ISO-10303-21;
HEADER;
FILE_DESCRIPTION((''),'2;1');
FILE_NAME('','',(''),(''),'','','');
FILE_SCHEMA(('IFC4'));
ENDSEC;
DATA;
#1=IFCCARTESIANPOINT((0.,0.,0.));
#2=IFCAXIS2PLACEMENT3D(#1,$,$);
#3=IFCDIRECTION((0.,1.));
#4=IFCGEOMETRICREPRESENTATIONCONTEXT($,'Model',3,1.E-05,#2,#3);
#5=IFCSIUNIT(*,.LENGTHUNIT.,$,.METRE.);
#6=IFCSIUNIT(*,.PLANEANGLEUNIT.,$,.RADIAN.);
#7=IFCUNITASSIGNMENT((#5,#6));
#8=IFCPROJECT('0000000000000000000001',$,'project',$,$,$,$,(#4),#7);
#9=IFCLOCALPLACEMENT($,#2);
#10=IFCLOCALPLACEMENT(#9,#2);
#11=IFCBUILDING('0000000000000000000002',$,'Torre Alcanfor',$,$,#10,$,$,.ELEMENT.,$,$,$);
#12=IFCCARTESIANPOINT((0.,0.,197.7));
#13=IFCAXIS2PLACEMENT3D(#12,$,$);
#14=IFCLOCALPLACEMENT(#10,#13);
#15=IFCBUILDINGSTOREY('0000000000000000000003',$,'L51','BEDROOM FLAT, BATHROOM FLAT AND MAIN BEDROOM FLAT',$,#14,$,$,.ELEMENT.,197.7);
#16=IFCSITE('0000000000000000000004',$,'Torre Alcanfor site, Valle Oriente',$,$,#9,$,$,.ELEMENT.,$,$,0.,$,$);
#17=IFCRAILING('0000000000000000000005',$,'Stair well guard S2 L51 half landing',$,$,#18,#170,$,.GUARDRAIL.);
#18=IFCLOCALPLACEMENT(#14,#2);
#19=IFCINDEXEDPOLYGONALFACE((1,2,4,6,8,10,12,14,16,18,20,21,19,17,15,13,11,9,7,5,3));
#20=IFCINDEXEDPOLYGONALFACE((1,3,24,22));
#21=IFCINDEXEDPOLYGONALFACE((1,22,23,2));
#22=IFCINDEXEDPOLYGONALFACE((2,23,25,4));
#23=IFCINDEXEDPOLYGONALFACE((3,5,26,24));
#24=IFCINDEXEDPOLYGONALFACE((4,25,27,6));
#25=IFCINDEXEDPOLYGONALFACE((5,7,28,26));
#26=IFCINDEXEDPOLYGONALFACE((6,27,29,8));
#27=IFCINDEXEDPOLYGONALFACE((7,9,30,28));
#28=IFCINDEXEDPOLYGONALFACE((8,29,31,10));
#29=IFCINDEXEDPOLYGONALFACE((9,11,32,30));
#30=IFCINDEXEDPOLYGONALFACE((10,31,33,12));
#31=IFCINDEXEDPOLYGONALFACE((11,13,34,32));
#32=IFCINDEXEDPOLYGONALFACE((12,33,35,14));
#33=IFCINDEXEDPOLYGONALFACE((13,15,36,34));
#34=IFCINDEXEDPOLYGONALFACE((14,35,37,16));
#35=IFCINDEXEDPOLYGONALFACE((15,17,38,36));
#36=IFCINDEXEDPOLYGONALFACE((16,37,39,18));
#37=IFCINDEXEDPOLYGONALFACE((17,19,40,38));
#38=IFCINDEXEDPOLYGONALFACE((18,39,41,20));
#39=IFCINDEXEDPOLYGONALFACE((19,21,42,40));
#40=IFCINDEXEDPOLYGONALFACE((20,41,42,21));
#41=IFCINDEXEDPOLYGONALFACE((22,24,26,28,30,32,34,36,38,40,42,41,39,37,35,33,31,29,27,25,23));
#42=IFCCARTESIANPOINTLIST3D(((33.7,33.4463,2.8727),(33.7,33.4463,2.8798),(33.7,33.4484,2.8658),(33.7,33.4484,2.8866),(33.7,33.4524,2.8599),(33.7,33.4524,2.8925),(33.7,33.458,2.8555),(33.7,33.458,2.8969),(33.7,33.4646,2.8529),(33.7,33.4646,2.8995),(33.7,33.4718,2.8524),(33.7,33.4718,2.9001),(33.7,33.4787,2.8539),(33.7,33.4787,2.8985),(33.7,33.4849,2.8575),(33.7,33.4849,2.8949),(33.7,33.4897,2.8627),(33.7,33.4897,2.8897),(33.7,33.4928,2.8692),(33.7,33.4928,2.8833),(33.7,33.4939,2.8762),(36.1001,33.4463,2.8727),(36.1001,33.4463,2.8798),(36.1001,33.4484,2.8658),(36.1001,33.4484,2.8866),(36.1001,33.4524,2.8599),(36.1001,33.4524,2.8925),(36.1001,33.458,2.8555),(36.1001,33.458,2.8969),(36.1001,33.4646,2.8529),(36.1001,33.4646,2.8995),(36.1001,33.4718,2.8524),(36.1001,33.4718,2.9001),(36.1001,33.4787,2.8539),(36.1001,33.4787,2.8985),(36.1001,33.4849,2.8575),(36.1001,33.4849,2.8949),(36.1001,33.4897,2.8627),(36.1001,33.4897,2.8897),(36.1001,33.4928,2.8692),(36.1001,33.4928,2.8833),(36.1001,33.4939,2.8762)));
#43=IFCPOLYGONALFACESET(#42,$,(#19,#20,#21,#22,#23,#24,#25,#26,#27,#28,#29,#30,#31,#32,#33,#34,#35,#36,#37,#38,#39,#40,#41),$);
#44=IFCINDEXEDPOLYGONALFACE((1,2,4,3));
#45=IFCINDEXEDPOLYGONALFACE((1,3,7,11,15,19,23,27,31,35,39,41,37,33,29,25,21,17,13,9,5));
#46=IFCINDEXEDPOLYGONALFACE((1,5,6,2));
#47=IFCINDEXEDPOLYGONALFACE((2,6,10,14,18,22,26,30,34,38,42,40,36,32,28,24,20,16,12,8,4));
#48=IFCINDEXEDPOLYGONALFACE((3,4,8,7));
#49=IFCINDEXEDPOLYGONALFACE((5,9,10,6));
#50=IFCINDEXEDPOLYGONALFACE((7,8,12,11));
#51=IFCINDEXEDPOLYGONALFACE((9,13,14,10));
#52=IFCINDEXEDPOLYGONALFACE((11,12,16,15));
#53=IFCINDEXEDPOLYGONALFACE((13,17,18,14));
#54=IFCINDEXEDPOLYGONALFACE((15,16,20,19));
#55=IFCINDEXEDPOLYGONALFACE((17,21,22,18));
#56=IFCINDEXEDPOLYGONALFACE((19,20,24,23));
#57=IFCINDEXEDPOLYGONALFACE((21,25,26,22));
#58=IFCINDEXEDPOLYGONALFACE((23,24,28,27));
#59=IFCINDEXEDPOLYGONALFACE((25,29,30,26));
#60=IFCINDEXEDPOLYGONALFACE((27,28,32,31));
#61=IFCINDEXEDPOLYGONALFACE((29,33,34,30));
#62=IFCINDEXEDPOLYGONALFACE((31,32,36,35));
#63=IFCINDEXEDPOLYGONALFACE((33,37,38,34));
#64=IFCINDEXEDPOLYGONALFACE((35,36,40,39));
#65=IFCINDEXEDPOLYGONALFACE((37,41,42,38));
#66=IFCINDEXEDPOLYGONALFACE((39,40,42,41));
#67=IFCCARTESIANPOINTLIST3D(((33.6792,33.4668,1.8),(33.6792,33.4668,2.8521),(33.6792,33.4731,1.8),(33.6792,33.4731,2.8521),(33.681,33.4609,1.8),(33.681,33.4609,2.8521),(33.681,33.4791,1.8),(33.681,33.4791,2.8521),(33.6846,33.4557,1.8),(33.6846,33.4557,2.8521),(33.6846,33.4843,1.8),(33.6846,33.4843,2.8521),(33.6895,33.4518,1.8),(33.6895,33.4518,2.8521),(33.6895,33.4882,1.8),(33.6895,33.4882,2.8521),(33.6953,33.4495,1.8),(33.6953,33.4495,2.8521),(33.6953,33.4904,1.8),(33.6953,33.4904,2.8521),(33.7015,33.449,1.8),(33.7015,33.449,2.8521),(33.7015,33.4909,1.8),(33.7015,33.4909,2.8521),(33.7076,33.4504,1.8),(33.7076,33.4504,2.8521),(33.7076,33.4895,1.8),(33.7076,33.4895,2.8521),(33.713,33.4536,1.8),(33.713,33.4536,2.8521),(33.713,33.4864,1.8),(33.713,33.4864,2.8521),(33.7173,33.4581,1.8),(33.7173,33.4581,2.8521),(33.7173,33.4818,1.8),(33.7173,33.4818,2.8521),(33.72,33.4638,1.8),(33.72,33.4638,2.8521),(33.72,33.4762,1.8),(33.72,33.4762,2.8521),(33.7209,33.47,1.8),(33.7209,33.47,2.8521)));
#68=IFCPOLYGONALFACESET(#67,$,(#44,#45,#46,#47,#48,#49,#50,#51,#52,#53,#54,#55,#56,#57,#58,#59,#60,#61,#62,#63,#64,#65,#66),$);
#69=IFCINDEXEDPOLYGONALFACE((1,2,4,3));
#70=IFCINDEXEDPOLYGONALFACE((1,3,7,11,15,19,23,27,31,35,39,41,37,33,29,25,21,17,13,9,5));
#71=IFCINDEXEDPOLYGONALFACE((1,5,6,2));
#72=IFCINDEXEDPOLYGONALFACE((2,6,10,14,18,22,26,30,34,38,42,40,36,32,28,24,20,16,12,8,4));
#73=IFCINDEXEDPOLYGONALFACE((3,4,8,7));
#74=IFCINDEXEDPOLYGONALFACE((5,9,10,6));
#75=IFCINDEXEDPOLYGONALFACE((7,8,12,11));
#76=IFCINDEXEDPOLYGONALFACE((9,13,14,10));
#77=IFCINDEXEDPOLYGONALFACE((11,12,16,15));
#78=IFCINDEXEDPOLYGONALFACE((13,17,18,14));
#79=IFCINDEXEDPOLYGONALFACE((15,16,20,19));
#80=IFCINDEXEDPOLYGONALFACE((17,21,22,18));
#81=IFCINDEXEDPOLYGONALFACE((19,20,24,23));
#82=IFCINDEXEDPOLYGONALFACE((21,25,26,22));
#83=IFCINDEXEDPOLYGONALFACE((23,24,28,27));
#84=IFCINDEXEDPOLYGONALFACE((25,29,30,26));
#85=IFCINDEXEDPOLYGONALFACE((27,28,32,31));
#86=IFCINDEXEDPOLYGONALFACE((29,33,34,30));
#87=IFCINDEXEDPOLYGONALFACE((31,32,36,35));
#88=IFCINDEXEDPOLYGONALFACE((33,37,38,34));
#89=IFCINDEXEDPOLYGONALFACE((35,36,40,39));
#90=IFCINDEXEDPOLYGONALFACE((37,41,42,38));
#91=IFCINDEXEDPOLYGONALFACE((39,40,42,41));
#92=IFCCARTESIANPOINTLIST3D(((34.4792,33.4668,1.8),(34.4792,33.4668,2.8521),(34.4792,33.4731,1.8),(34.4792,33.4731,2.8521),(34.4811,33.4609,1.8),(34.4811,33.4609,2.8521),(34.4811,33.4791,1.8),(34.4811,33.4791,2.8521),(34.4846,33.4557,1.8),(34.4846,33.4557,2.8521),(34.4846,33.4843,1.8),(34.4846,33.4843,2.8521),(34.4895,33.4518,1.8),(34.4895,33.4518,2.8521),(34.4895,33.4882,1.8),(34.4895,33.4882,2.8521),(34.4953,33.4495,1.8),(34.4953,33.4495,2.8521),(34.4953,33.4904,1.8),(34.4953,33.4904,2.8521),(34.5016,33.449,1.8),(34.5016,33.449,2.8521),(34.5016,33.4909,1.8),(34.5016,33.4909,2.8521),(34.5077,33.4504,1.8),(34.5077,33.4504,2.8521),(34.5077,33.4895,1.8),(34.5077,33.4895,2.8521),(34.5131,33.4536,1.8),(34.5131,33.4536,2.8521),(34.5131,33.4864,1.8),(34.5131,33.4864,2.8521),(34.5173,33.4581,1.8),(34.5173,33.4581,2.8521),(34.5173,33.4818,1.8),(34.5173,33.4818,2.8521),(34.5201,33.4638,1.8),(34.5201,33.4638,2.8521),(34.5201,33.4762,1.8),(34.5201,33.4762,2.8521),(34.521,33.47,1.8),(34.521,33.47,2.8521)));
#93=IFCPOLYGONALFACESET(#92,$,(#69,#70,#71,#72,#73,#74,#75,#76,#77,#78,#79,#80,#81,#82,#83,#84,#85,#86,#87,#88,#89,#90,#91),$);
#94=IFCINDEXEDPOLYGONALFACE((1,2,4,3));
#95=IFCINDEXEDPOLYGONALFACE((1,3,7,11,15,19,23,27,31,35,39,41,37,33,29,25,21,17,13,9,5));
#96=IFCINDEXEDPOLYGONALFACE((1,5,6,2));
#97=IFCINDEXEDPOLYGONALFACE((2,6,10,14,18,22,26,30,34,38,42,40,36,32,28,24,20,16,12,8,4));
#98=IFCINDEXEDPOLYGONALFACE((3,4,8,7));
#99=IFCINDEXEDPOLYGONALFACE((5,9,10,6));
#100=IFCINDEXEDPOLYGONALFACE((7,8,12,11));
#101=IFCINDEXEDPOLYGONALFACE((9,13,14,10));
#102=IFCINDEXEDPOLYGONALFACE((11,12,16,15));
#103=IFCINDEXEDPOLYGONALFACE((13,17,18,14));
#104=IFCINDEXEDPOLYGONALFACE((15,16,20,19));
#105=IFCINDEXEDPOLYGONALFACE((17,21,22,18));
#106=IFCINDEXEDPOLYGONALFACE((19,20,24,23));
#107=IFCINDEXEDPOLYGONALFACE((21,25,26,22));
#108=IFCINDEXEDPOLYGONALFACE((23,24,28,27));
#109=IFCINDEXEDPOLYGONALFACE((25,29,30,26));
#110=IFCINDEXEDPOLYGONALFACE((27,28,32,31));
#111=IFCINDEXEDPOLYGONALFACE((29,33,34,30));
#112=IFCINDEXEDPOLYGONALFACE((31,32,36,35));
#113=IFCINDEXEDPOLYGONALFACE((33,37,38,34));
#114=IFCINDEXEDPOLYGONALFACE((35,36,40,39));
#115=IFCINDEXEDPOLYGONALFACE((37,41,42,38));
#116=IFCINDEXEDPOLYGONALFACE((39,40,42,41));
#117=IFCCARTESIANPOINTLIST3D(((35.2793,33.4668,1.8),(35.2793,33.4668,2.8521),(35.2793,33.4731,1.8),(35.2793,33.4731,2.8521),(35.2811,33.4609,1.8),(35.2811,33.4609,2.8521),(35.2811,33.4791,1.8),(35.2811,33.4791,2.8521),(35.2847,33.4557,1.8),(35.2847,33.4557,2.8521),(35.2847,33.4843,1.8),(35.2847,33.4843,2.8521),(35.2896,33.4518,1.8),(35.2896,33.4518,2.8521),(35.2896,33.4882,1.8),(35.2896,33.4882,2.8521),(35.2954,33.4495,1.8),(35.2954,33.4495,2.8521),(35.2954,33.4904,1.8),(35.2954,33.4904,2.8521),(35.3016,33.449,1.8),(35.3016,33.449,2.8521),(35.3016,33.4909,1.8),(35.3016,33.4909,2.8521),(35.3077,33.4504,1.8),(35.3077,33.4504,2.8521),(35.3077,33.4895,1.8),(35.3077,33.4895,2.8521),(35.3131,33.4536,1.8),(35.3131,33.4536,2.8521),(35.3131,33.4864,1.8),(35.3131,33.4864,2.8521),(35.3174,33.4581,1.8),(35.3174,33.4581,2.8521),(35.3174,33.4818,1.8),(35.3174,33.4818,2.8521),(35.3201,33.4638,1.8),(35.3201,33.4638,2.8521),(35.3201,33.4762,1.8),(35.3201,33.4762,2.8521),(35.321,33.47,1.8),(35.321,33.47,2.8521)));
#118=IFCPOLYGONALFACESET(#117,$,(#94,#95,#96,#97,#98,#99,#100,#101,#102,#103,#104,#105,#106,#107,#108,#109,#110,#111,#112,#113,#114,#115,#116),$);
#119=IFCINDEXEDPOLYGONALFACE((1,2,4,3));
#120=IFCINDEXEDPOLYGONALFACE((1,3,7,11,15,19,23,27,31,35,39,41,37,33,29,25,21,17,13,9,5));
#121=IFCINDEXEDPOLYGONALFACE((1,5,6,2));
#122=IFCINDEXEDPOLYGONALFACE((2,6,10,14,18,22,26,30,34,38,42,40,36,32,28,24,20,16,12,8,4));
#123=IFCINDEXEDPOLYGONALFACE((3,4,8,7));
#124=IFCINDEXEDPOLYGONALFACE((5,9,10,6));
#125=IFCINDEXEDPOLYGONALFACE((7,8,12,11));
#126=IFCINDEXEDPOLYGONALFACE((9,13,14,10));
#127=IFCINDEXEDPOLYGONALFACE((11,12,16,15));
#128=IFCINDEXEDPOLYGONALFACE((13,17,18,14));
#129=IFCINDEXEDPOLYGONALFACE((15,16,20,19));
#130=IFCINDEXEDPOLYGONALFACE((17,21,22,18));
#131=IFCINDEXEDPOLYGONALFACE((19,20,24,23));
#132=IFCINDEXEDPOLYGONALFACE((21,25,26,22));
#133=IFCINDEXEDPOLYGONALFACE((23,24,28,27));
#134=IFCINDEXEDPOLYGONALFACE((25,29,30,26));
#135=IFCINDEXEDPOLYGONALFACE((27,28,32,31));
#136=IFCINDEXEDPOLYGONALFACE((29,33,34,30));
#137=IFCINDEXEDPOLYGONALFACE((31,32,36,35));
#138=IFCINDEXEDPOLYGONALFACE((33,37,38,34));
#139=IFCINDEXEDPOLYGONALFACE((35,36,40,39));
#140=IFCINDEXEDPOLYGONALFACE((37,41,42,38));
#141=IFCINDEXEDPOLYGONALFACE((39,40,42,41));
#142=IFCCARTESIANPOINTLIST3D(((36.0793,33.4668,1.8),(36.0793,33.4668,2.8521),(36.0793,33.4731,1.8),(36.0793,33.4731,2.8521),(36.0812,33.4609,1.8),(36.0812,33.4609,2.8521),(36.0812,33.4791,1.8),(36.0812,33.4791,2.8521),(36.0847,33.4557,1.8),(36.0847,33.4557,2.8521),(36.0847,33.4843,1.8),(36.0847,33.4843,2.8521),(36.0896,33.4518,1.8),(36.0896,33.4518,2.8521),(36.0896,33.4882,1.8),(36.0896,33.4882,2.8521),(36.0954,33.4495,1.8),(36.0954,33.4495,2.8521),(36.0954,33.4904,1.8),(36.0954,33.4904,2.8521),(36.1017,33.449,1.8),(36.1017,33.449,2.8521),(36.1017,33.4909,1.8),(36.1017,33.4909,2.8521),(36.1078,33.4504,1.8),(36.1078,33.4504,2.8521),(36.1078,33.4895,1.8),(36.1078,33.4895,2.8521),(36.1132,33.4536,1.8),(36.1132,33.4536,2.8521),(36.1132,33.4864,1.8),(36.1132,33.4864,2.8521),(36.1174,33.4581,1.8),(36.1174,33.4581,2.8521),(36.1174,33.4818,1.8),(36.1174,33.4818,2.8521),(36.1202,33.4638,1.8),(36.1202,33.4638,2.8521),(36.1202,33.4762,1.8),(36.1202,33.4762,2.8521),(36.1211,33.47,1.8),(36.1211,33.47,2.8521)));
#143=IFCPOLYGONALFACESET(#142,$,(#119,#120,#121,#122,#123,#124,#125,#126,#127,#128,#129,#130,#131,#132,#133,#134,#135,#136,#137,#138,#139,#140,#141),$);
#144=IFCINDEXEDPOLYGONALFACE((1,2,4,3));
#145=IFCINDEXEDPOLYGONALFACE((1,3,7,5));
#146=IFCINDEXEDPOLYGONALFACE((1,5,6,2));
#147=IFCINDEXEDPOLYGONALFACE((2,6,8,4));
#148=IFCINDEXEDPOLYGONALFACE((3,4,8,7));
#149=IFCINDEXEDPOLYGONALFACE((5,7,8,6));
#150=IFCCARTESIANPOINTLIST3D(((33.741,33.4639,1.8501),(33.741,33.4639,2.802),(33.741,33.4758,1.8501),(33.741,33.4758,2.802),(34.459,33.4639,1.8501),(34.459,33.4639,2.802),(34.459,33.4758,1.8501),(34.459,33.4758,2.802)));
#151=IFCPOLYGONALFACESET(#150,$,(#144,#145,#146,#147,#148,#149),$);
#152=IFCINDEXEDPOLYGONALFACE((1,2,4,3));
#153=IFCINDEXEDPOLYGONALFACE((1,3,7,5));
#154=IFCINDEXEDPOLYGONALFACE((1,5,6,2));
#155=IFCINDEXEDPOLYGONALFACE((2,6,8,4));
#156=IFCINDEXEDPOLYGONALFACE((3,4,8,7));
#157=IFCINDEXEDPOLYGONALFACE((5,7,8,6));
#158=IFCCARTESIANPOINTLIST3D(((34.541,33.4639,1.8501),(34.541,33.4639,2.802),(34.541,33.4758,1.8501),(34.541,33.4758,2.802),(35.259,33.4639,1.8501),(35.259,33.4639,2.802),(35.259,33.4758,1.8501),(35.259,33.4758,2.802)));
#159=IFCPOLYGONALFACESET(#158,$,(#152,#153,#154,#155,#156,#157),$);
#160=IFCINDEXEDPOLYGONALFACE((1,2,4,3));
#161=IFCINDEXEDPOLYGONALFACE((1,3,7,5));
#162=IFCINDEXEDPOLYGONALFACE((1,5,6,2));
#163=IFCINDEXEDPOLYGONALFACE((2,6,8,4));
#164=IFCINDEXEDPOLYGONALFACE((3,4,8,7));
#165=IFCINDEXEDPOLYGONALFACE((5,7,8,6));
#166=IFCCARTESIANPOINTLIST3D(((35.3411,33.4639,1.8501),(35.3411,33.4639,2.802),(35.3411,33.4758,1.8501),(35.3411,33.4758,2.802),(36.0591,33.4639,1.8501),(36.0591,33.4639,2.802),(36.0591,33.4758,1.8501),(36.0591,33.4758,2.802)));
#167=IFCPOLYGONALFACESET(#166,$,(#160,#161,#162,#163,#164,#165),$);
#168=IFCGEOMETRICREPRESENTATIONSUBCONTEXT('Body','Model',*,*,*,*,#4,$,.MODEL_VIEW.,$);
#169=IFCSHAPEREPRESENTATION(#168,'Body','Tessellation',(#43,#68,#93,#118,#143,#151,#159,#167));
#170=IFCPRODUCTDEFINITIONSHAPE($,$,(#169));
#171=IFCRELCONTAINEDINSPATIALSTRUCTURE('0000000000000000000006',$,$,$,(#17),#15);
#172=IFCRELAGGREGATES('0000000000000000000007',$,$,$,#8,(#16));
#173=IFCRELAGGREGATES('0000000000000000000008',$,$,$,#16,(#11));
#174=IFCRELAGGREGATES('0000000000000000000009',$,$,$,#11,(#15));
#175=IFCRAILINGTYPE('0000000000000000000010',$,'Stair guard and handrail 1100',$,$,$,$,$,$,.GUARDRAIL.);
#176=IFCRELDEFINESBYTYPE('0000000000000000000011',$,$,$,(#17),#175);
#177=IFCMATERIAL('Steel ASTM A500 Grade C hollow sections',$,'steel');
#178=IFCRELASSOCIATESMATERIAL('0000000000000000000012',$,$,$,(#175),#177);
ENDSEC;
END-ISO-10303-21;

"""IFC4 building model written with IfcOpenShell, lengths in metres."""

from ifc_helpers import new_model, si_unit, direction, frame, origin, origin_2d, place, context, subcontext, project, spatial, polyline, circle, outline, extrude, material, type_object, element, save


model = new_model("IFC4")

# Units and contexts
model_context = context("Model", 3, precision=1e-05, world=origin(), true_north=direction((0.0, 1.0)))
body_context = subcontext(model_context, "Body", "Model", "MODEL_VIEW")
ifc_project = project(units=[si_unit("LENGTHUNIT", "METRE"), si_unit("PLANEANGLEUNIT", "RADIAN")], contexts=[model_context])

# Site, building, storey
site_placement = place(None, origin())
site = spatial("IfcSite", under=ifc_project, at=site_placement, Name="Torre Alcanfor site, Valle Oriente", CompositionType="ELEMENT", RefElevation=0.0)
building_placement = place(site_placement, origin())
building = spatial("IfcBuilding", under=site, at=building_placement, Name="Torre Alcanfor", CompositionType="ELEMENT")
storey_placement = place(building_placement, frame((0.0, 0.0, 197.7)))
storey = spatial("IfcBuildingStorey", under=building, at=storey_placement, Name="L51", Description="BEDROOM FLAT, BATHROOM FLAT AND MAIN BEDROOM FLAT", CompositionType="ELEMENT", Elevation=197.7)

# Railing
ifc_material_1 = material(Name="Steel ASTM A500 Grade C hollow sections", Category="steel")
railing_type_1 = type_object("IfcRailingType", Name="Stair guard and handrail 1100", PredefinedType="GUARDRAIL", material=ifc_material_1)
for number, where, name in (
    (1, (33.7, 33.47, 1.8), "Stair well guard S2 L51 half landing"),
):
    element("IfcRailing", number, at=place(storey_placement, frame(where)), inside=storey, type_object=railing_type_1, Name=name, PredefinedType="GUARDRAIL", context=body_context, shape_type="SweptSolid", body=[
        extrude(circle(Radius=0.0239, at=origin_2d()), frame((0.0, 0.0, 1.0762), z_axis=(1.0, 0.0, 0.0), x_axis=(0.0, 1.0, 0.0)), (0.0, 0.0, 1.0), 2.4001),
        extrude(circle(Radius=0.021, at=origin_2d()), origin(), (0.0, 0.0, 1.0), 1.052),
        extrude(circle(Radius=0.021, at=origin_2d()), frame((0.8, 0.0, 0.0)), (0.0, 0.0, 1.0), 1.052),
        extrude(circle(Radius=0.021, at=origin_2d()), frame((1.6001, 0.0, 0.0)), (0.0, 0.0, 1.0), 1.052),
        extrude(circle(Radius=0.021, at=origin_2d()), frame((2.4001, 0.0, 0.0)), (0.0, 0.0, 1.0), 1.052),
        extrude(outline(polyline([(0.041, 0.05), (0.759, 0.05), (0.759, 1.002), (0.041, 1.002), (0.041, 0.05)])), frame((0.0, 0.0059, 0.0), z_axis=(0.0, -1.0, 0.0), x_axis=(1.0, 0.0, 0.0)), (0.0, 0.0, 1.0), 0.012),
        extrude(outline(polyline([(0.8411, 0.05), (1.5591, 0.05), (1.5591, 1.002), (0.8411, 1.002), (0.8411, 0.05)])), frame((0.0, 0.0059, 0.0), z_axis=(0.0, -1.0, 0.0), x_axis=(1.0, 0.0, 0.0)), (0.0, 0.0, 1.0), 0.012),
        extrude(outline(polyline([(1.6411, 0.05), (2.3591, 0.05), (2.3591, 1.002), (1.6411, 1.002), (1.6411, 0.05)])), frame((0.0, 0.0059, 0.0), z_axis=(0.0, -1.0, 0.0), x_axis=(1.0, 0.0, 0.0)), (0.0, 0.0, 1.0), 0.012),
    ])

save(model, "model.ifc")
